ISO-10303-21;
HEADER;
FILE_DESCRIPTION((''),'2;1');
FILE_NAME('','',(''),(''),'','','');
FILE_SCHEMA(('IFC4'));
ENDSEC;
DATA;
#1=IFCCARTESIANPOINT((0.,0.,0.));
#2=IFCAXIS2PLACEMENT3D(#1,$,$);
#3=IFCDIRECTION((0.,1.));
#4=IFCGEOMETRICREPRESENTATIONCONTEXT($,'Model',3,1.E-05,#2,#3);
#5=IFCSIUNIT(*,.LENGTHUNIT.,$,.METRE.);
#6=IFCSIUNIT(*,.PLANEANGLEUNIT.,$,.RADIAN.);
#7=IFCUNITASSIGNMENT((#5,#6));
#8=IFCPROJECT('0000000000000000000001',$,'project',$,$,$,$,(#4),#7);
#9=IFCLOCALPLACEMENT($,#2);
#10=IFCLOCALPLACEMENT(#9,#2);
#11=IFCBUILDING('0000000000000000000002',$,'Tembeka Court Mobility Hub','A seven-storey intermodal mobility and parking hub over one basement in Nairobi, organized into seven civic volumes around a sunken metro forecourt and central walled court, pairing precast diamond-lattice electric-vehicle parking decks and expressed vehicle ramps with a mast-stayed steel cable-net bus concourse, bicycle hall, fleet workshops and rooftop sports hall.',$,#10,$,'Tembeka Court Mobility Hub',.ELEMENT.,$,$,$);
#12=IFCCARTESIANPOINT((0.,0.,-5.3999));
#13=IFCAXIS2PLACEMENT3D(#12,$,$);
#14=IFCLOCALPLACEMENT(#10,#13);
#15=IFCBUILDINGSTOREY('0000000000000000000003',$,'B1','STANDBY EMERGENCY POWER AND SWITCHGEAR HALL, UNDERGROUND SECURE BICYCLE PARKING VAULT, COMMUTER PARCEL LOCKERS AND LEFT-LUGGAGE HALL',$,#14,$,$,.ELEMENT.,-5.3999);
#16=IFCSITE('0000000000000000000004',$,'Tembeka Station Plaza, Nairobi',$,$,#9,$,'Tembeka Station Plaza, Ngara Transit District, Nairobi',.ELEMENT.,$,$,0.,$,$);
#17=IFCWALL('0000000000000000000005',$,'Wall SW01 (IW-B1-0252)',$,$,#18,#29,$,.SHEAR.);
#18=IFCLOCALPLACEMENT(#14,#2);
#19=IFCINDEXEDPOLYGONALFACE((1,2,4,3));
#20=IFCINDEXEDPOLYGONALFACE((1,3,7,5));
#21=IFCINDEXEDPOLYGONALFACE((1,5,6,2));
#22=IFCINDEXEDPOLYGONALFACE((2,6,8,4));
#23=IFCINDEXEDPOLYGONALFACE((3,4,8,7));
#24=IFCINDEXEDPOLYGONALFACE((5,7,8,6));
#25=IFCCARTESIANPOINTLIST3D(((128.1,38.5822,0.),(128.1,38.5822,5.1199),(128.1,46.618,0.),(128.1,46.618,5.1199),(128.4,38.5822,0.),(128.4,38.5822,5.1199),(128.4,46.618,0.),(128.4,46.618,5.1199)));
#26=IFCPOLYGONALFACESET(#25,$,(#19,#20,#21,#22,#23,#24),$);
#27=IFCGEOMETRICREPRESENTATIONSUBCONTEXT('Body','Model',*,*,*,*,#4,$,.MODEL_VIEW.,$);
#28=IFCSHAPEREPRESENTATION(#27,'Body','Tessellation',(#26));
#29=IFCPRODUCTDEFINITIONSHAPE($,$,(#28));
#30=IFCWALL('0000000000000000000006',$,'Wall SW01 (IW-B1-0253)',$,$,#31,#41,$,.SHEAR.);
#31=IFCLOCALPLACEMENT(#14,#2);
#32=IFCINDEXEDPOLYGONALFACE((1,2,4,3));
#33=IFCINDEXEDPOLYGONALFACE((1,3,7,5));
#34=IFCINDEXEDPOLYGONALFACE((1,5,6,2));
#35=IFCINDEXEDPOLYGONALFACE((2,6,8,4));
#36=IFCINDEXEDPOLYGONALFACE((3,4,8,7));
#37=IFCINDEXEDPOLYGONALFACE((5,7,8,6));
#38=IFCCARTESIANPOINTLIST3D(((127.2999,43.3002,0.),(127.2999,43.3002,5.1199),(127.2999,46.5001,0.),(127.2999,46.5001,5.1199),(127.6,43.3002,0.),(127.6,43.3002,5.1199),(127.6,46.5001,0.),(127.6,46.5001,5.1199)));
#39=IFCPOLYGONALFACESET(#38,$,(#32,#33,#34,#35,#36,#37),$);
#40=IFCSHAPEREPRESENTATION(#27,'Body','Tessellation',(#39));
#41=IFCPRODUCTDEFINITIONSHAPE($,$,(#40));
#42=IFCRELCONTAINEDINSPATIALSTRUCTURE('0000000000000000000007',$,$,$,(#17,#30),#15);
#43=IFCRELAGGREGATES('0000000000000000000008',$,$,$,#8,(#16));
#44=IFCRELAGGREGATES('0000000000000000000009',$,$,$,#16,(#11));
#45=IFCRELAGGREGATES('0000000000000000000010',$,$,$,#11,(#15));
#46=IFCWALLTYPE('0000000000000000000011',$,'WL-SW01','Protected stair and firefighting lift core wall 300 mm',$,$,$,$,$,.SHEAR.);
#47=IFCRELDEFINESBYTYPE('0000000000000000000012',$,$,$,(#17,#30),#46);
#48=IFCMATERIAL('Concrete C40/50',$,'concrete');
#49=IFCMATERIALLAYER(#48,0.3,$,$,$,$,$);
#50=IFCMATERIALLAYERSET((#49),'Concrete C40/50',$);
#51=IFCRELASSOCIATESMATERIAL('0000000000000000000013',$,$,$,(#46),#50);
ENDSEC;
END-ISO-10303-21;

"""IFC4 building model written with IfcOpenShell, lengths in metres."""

from ifc_helpers import new_model, si_unit, direction, frame, frame_2d, origin, place, context, subcontext, project, spatial, rectangle, extrude, material, layer, layer_set, type_object, element, save


model = new_model("IFC4")

# Units and contexts
model_context = context("Model", 3, precision=1e-05, world=origin(), true_north=direction((0.0, 1.0)))
body_context = subcontext(model_context, "Body", "Model", "MODEL_VIEW")
ifc_project = project(units=[si_unit("LENGTHUNIT", "METRE"), si_unit("PLANEANGLEUNIT", "RADIAN")], contexts=[model_context])

# Site, building, storey
site_placement = place(None, origin())
site = spatial("IfcSite", under=ifc_project, at=site_placement, Name="Tembeka Station Plaza, Nairobi", LongName="Tembeka Station Plaza, Ngara Transit District, Nairobi", CompositionType="ELEMENT", RefElevation=0.0)
building_placement = place(site_placement, origin())
building = spatial("IfcBuilding", under=site, at=building_placement, Name="Tembeka Court Mobility Hub", Description="A seven-storey intermodal mobility and parking hub over one basement in Nairobi, organized into seven civic volumes around a sunken metro forecourt and central walled court, pairing precast diamond-lattice electric-vehicle parking decks and expressed vehicle ramps with a mast-stayed steel cable-net bus concourse, bicycle hall, fleet workshops and rooftop sports hall.", LongName="Tembeka Court Mobility Hub", CompositionType="ELEMENT")
storey_placement = place(building_placement, frame((0.0, 0.0, -5.3999)))
storey = spatial("IfcBuildingStorey", under=building, at=storey_placement, Name="B1", Description="STANDBY EMERGENCY POWER AND SWITCHGEAR HALL, UNDERGROUND SECURE BICYCLE PARKING VAULT, COMMUTER PARCEL LOCKERS AND LEFT-LUGGAGE HALL", CompositionType="ELEMENT", Elevation=-5.3999)

# Shared definitions
ifc_material_1 = material(Name="Concrete C40/50", Category="concrete")

# Walls
ifc_layer_1 = layer(ifc_material_1, 0.3)
ifc_layer_set_1 = layer_set([ifc_layer_1], Name="Concrete C40/50")
wall_type_1 = type_object("IfcWallType", Name="WL-SW01", Description="Protected stair and firefighting lift core wall 300 mm", PredefinedType="SHEAR", material=ifc_layer_set_1)
wall_1_placement = place(storey_placement, frame((128.25, 38.582, 0.0), z_axis=(0.0, 0.0, 1.0), x_axis=(0.0, 1.0, 0.0)))
element("IfcWall", 1, at=wall_1_placement, inside=storey, type_object=wall_type_1, Name="Wall SW01 (IW-B1-0252)", PredefinedType="SHEAR", context=body_context, shape_type="SweptSolid", body=[
    extrude(rectangle(XDim=8.0359, YDim=0.3, at=frame_2d((4.0181, 0.0))), origin(), (0.0, 0.0, 1.0), 5.1199),
])
wall_2_placement = place(storey_placement, frame((127.45, 43.3, 0.0), z_axis=(0.0, 0.0, 1.0), x_axis=(0.0, 1.0, 0.0)))
element("IfcWall", 2, at=wall_2_placement, inside=storey, type_object=wall_type_1, Name="Wall SW01 (IW-B1-0253)", PredefinedType="SHEAR", context=body_context, shape_type="SweptSolid", body=[
    extrude(rectangle(XDim=3.2, YDim=0.3, at=frame_2d((1.6001, 0.0))), origin(), (0.0, 0.0, 1.0), 5.1199),
])

save(model, "model.ifc")
